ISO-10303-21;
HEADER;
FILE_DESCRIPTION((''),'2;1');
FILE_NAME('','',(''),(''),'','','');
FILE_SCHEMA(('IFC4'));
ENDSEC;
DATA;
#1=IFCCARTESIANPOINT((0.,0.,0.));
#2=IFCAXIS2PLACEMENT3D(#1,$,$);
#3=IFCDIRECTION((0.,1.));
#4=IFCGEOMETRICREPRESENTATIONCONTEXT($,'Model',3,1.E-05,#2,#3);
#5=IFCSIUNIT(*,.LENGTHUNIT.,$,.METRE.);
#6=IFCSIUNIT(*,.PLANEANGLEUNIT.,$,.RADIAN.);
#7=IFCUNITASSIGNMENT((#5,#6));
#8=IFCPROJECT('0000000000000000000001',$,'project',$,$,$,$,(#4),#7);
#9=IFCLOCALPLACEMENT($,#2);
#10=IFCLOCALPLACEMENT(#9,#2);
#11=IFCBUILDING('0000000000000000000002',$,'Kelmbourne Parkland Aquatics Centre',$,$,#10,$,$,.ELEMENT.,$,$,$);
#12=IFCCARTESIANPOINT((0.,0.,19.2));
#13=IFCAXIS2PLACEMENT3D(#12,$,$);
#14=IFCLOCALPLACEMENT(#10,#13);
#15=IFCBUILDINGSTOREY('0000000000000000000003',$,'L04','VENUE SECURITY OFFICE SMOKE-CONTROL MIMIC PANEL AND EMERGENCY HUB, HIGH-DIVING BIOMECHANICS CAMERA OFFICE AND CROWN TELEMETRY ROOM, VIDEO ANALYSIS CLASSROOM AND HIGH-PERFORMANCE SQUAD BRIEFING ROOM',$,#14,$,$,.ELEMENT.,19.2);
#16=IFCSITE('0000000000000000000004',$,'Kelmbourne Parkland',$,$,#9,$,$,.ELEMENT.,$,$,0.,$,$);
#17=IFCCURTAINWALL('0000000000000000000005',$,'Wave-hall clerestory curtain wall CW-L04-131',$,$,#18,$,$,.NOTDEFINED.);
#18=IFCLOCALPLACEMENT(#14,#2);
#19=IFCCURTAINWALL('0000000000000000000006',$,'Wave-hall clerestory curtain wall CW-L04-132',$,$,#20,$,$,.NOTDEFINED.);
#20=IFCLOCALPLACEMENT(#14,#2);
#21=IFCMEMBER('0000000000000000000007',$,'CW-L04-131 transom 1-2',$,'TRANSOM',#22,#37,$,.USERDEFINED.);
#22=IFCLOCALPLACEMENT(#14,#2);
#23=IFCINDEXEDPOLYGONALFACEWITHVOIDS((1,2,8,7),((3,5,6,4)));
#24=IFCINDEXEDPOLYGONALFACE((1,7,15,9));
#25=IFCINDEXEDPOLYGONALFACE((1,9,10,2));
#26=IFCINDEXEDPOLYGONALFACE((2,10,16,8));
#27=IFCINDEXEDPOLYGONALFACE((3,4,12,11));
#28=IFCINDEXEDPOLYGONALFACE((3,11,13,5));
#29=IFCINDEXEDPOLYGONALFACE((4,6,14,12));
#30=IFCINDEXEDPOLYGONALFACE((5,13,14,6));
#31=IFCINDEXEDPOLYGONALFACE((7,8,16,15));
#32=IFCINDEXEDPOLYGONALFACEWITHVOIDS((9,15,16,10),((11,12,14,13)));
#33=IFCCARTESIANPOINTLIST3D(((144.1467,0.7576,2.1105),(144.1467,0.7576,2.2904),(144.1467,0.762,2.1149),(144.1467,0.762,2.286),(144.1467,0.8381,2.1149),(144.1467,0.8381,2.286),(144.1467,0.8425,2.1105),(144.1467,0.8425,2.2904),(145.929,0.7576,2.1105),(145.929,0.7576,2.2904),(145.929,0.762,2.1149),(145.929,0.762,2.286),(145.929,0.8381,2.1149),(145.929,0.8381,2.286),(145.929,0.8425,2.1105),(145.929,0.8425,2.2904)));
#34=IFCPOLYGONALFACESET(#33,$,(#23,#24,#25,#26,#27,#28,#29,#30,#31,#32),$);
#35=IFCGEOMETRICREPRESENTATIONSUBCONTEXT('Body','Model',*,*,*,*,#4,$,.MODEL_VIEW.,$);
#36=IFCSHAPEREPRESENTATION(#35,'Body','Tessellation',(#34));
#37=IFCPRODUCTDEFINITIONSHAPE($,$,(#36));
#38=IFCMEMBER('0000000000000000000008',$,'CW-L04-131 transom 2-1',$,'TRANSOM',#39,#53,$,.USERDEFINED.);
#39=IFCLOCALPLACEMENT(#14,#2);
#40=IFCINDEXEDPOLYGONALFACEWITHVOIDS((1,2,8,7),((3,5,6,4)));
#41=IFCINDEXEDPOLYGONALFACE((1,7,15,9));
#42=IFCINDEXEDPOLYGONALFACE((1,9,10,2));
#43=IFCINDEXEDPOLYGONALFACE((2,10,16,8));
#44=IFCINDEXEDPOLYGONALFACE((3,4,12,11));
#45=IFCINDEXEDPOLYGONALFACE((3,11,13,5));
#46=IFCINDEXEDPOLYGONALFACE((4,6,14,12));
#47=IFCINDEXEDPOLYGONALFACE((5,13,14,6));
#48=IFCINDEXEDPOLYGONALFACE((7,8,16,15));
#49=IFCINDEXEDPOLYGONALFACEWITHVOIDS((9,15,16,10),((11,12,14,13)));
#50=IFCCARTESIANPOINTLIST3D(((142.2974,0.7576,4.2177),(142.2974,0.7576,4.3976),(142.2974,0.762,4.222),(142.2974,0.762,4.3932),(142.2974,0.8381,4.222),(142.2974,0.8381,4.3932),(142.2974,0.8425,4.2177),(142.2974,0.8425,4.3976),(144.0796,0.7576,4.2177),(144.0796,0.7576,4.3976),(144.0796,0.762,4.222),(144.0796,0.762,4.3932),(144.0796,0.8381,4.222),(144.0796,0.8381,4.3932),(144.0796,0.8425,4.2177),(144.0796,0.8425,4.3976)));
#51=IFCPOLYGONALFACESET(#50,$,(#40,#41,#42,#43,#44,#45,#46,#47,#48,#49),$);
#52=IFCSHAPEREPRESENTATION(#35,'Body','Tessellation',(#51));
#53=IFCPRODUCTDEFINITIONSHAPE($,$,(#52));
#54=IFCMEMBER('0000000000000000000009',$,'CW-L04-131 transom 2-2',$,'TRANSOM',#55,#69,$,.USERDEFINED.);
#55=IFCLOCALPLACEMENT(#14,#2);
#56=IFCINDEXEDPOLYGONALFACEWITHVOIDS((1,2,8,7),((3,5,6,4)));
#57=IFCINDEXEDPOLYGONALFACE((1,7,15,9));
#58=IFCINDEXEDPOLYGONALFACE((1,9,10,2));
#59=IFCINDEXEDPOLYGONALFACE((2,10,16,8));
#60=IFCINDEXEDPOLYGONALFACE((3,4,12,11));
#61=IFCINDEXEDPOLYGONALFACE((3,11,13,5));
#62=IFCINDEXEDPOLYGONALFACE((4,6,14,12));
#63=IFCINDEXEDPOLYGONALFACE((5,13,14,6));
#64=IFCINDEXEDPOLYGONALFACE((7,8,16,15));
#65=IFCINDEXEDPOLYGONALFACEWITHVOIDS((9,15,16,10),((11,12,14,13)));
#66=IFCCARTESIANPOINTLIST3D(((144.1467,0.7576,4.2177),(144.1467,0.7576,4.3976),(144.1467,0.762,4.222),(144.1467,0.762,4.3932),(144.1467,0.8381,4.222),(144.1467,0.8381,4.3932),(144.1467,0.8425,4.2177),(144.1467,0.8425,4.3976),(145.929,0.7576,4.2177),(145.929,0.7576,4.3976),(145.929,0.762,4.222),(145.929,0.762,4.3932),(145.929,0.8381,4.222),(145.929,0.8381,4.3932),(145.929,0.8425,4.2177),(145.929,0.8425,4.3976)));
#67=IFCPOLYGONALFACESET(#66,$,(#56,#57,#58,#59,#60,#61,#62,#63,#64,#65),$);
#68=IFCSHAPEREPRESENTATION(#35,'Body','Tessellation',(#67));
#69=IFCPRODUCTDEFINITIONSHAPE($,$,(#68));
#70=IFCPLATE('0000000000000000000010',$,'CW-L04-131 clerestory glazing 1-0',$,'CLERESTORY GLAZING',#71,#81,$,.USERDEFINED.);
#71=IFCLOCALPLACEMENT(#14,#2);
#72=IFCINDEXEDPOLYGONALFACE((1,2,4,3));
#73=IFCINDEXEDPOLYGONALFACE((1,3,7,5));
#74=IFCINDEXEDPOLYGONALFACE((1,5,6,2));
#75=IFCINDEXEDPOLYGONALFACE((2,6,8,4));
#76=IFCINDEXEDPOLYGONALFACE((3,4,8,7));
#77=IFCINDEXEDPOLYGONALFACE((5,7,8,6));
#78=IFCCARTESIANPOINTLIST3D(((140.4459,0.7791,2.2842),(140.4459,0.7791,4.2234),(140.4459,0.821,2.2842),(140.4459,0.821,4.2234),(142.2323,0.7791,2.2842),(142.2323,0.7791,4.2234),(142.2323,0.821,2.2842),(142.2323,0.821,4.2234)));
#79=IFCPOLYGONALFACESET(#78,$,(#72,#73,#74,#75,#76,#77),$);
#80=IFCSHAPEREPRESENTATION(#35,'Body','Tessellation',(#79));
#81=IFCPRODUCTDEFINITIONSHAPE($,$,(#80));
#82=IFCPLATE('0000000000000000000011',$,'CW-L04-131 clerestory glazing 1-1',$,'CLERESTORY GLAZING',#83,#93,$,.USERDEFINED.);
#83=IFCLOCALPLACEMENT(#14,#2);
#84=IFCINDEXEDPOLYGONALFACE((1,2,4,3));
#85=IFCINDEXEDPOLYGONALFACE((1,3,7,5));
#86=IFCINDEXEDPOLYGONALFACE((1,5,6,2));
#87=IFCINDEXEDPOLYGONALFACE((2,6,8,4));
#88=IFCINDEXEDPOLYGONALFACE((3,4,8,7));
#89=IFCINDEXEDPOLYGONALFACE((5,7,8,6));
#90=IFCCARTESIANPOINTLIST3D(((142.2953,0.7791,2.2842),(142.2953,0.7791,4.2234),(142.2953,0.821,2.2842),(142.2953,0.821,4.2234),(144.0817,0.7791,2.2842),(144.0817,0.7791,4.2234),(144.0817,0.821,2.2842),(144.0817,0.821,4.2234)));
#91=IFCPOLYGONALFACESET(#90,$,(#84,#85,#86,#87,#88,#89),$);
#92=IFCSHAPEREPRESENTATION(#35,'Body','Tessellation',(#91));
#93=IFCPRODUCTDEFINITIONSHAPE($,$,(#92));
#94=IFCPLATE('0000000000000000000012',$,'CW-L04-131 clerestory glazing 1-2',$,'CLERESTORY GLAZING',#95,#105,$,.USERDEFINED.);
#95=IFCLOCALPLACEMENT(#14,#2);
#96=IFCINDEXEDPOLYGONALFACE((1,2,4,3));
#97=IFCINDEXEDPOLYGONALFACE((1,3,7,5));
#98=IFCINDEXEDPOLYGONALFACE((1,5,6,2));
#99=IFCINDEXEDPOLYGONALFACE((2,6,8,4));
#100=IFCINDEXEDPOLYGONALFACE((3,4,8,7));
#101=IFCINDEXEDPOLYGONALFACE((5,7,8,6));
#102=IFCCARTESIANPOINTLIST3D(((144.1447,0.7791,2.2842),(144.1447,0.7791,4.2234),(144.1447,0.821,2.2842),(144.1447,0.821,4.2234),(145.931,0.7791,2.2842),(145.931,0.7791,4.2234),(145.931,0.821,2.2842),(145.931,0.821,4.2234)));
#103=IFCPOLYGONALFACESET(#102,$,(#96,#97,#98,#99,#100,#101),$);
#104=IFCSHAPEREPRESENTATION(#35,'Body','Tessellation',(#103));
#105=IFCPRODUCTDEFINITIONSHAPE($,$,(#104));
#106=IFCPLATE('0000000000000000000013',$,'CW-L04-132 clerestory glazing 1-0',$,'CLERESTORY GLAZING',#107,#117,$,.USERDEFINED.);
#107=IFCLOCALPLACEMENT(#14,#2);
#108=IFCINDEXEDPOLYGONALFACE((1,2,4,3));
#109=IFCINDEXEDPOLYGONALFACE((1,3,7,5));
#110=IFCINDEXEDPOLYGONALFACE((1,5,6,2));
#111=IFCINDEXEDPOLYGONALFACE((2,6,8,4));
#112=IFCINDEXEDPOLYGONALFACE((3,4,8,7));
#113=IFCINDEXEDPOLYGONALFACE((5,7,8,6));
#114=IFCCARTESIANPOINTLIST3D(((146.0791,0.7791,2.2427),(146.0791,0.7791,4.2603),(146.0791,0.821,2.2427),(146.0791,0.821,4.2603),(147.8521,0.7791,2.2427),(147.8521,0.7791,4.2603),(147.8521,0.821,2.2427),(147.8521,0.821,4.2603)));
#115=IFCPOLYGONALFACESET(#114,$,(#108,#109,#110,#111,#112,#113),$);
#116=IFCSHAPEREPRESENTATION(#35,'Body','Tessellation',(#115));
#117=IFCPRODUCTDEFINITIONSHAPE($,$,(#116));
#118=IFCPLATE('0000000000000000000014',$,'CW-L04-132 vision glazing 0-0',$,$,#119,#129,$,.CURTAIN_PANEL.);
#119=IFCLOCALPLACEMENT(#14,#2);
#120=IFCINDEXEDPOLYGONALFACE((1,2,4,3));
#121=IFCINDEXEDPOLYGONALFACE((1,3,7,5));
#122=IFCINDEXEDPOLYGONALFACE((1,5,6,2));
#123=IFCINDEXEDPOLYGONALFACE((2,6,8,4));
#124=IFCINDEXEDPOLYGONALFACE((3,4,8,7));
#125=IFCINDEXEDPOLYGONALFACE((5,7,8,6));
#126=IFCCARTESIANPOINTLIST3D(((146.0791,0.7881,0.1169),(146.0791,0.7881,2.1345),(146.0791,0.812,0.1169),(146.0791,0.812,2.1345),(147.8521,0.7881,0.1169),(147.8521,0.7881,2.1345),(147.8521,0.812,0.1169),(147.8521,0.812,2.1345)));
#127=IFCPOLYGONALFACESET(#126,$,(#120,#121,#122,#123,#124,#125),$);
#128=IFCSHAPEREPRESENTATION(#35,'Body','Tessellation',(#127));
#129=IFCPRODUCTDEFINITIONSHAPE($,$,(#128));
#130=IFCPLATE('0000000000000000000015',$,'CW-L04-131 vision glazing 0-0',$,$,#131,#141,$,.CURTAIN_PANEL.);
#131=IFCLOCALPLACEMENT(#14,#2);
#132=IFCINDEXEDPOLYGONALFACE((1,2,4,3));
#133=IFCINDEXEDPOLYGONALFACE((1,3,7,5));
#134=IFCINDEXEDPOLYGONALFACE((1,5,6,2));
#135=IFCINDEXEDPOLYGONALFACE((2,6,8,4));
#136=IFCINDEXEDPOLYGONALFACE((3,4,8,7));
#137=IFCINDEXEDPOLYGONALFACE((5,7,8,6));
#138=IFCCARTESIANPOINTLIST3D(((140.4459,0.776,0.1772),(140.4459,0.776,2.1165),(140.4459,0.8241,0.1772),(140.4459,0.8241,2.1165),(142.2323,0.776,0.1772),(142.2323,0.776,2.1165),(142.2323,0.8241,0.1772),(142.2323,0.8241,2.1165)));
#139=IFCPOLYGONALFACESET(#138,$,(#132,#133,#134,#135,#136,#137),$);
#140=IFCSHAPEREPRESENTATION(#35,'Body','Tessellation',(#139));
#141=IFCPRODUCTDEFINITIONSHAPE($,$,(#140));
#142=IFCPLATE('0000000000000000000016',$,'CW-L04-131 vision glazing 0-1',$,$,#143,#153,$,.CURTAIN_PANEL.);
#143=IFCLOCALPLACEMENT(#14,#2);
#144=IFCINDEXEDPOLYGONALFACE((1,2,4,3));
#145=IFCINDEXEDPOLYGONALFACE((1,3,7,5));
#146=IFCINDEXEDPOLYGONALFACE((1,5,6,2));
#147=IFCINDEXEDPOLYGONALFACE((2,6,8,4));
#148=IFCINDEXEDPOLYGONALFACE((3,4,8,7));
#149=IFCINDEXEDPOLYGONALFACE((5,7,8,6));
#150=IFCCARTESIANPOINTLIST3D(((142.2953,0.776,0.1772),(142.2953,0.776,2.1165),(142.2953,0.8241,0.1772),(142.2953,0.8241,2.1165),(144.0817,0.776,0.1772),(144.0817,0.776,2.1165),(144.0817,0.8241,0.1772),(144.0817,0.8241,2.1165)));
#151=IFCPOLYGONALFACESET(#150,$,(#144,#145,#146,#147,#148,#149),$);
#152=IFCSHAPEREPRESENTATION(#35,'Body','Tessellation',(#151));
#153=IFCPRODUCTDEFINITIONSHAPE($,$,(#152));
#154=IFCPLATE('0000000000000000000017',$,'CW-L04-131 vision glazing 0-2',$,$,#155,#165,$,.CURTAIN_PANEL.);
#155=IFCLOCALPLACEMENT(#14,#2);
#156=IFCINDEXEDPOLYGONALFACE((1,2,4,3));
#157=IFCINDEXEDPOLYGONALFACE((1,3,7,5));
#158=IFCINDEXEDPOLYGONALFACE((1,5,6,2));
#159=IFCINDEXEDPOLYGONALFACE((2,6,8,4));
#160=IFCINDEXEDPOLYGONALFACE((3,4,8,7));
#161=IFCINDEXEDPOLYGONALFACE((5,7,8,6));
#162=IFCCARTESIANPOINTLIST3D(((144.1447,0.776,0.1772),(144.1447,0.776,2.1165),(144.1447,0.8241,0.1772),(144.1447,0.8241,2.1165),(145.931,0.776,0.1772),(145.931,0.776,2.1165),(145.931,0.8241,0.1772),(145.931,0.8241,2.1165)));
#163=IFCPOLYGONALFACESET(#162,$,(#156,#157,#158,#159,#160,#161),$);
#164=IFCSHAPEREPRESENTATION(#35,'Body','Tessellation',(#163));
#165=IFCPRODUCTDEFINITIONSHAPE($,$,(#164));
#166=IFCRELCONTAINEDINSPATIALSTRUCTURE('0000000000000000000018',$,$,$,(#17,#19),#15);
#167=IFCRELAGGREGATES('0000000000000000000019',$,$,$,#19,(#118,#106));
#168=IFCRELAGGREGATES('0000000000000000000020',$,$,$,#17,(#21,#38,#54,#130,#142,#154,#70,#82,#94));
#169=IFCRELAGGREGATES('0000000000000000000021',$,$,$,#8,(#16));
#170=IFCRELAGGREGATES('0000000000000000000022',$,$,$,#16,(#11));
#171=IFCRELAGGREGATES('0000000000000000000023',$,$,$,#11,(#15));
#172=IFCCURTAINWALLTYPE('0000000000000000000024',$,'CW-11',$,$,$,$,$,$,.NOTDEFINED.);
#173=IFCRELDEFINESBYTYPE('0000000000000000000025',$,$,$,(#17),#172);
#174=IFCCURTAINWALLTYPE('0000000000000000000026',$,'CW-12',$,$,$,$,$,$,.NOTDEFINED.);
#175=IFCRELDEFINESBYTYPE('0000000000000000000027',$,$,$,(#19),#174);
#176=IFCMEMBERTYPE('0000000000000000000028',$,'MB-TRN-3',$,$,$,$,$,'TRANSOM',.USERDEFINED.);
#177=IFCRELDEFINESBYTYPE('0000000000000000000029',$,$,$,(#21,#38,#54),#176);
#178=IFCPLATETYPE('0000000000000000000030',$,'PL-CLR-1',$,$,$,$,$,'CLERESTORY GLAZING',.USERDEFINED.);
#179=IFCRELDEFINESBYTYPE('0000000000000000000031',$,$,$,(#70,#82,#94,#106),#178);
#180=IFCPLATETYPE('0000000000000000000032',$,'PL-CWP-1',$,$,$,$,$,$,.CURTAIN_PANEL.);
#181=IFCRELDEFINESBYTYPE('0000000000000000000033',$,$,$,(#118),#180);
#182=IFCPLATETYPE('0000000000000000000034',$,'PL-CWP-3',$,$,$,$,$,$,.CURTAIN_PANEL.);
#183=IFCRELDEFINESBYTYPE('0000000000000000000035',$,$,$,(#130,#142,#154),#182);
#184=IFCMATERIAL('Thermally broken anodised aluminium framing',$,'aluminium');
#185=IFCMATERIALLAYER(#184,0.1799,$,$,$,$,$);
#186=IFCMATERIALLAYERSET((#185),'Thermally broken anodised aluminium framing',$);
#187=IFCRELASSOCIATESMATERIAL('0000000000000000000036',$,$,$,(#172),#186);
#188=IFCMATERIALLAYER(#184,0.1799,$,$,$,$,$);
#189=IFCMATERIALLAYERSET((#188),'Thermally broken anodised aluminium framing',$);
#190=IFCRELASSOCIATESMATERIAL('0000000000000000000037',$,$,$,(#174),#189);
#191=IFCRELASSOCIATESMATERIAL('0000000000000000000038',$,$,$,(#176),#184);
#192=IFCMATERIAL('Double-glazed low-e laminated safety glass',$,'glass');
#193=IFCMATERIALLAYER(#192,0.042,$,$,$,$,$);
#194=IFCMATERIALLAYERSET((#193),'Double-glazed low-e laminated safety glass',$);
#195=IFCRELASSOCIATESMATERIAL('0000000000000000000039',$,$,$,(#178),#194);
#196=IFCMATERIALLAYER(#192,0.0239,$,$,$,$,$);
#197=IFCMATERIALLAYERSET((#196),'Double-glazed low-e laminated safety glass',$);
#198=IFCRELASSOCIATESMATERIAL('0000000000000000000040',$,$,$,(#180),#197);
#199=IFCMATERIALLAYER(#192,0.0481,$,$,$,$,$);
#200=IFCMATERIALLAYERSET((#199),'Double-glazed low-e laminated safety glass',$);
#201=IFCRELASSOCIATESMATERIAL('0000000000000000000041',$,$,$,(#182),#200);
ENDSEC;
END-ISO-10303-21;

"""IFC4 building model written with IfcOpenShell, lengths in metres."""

from ifc_helpers import new_model, si_unit, direction, frame, origin, origin_2d, place, context, subcontext, project, spatial, rectangle, hollow_rectangle, extrude, material, layer, layer_set, material_profile, profile_set, type_object, element, aggregate, save


model = new_model("IFC4")

# Units and contexts
model_context = context("Model", 3, precision=1e-05, world=origin(), true_north=direction((0.0, 1.0)))
body_context = subcontext(model_context, "Body", "Model", "MODEL_VIEW")
ifc_project = project(units=[si_unit("LENGTHUNIT", "METRE"), si_unit("PLANEANGLEUNIT", "RADIAN")], contexts=[model_context])

# Site, building, storey
site_placement = place(None, origin())
site = spatial("IfcSite", under=ifc_project, at=site_placement, Name="Kelmbourne Parkland", CompositionType="ELEMENT", RefElevation=0.0)
building_placement = place(site_placement, origin())
building = spatial("IfcBuilding", under=site, at=building_placement, Name="Kelmbourne Parkland Aquatics Centre", CompositionType="ELEMENT")
storey_placement = place(building_placement, frame((0.0, 0.0, 19.2)))
storey = spatial("IfcBuildingStorey", under=building, at=storey_placement, Name="L04", Description="VENUE SECURITY OFFICE SMOKE-CONTROL MIMIC PANEL AND EMERGENCY HUB, HIGH-DIVING BIOMECHANICS CAMERA OFFICE AND CROWN TELEMETRY ROOM, VIDEO ANALYSIS CLASSROOM AND HIGH-PERFORMANCE SQUAD BRIEFING ROOM", CompositionType="ELEMENT", Elevation=19.2)

# Curtain walls
ifc_material_1 = material(Name="Thermally broken anodised aluminium framing", Category="aluminium")
ifc_layer_1 = layer(ifc_material_1, 0.1799)
ifc_layer_set_1 = layer_set([ifc_layer_1], Name="Thermally broken anodised aluminium framing")
curtain_wall_type_1 = type_object("IfcCurtainWallType", Name="CW-11", PredefinedType="NOTDEFINED", material=ifc_layer_set_1)
curtain_wall_1_placement = place(storey_placement, origin())
curtain_wall_1 = element("IfcCurtainWall", 1, at=curtain_wall_1_placement, inside=storey, type_object=curtain_wall_type_1, Name="Wave-hall clerestory curtain wall CW-L04-131", PredefinedType="NOTDEFINED")
ifc_layer_2 = layer(ifc_material_1, 0.1799)
ifc_layer_set_2 = layer_set([ifc_layer_2], Name="Thermally broken anodised aluminium framing")
curtain_wall_type_2 = type_object("IfcCurtainWallType", Name="CW-12", PredefinedType="NOTDEFINED", material=ifc_layer_set_2)
curtain_wall_2_placement = place(storey_placement, origin())
curtain_wall_2 = element("IfcCurtainWall", 2, at=curtain_wall_2_placement, inside=storey, type_object=curtain_wall_type_2, Name="Wave-hall clerestory curtain wall CW-L04-132", PredefinedType="NOTDEFINED")

# Members
ifc_material_profile_1 = material_profile(ifc_material_1, hollow_rectangle(XDim=0.085, YDim=0.1799, WallThickness=0.0044, at=origin_2d()), Name="CW-T 85x180")
ifc_profile_set_1 = profile_set([ifc_material_profile_1], Name="Thermally broken anodised aluminium framing")
member_type_1 = type_object("IfcMemberType", Name="MB-TRN-3", ElementType="TRANSOM", PredefinedType="USERDEFINED", material=ifc_profile_set_1)
member_1_placement = place(storey_placement, frame((144.1467, 0.8, 2.2004), z_axis=(1.0, 0.0, 0.0), x_axis=(0.0, 1.0, 0.0)))
member_1 = element("IfcMember", 3, at=member_1_placement, type_object=member_type_1, Name="CW-L04-131 transom 1-2", ObjectType="TRANSOM", PredefinedType="USERDEFINED", context=body_context, shape_type="SweptSolid", body=[
    extrude(hollow_rectangle(XDim=0.085, YDim=0.1799, WallThickness=0.0044, at=origin_2d()), origin(), (0.0, 0.0, 1.0), 1.7822),
])
member_2_placement = place(storey_placement, frame((142.2974, 0.8, 4.3076), z_axis=(1.0, 0.0, 0.0), x_axis=(0.0, 1.0, 0.0)))
member_2 = element("IfcMember", 4, at=member_2_placement, type_object=member_type_1, Name="CW-L04-131 transom 2-1", ObjectType="TRANSOM", PredefinedType="USERDEFINED", context=body_context, shape_type="SweptSolid", body=[
    extrude(hollow_rectangle(XDim=0.085, YDim=0.1799, WallThickness=0.0044, at=origin_2d()), origin(), (0.0, 0.0, 1.0), 1.7822),
])
member_3_placement = place(storey_placement, frame((144.1467, 0.8, 4.3076), z_axis=(1.0, 0.0, 0.0), x_axis=(0.0, 1.0, 0.0)))
member_3 = element("IfcMember", 5, at=member_3_placement, type_object=member_type_1, Name="CW-L04-131 transom 2-2", ObjectType="TRANSOM", PredefinedType="USERDEFINED", context=body_context, shape_type="SweptSolid", body=[
    extrude(hollow_rectangle(XDim=0.085, YDim=0.1799, WallThickness=0.0044, at=origin_2d()), origin(), (0.0, 0.0, 1.0), 1.7822),
])

# Plates
ifc_material_2 = material(Name="Double-glazed low-e laminated safety glass", Category="glass")
ifc_layer_3 = layer(ifc_material_2, 0.042)
ifc_layer_set_3 = layer_set([ifc_layer_3], Name="Double-glazed low-e laminated safety glass")
plate_type_1 = type_object("IfcPlateType", Name="PL-CLR-1", ElementType="CLERESTORY GLAZING", PredefinedType="USERDEFINED", material=ifc_layer_set_3)
plate_1_placement = place(storey_placement, frame((141.3391, 0.8, 2.2842), z_axis=(0.0, 0.0, 1.0), x_axis=(1.0, 0.0, 0.0)))
plate_1 = element("IfcPlate", 6, at=plate_1_placement, type_object=plate_type_1, Name="CW-L04-131 clerestory glazing 1-0", ObjectType="CLERESTORY GLAZING", PredefinedType="USERDEFINED", context=body_context, shape_type="SweptSolid", body=[
    extrude(rectangle(XDim=1.7864, YDim=0.042, at=origin_2d()), origin(), (0.0, 0.0, 1.0), 1.9392),
])
plate_2_placement = place(storey_placement, frame((143.1885, 0.8, 2.2842), z_axis=(0.0, 0.0, 1.0), x_axis=(1.0, 0.0, 0.0)))
plate_2 = element("IfcPlate", 7, at=plate_2_placement, type_object=plate_type_1, Name="CW-L04-131 clerestory glazing 1-1", ObjectType="CLERESTORY GLAZING", PredefinedType="USERDEFINED", context=body_context, shape_type="SweptSolid", body=[
    extrude(rectangle(XDim=1.7864, YDim=0.042, at=origin_2d()), origin(), (0.0, 0.0, 1.0), 1.9392),
])
plate_3_placement = place(storey_placement, frame((145.0378, 0.8, 2.2842), z_axis=(0.0, 0.0, 1.0), x_axis=(1.0, 0.0, 0.0)))
plate_3 = element("IfcPlate", 8, at=plate_3_placement, type_object=plate_type_1, Name="CW-L04-131 clerestory glazing 1-2", ObjectType="CLERESTORY GLAZING", PredefinedType="USERDEFINED", context=body_context, shape_type="SweptSolid", body=[
    extrude(rectangle(XDim=1.7864, YDim=0.042, at=origin_2d()), origin(), (0.0, 0.0, 1.0), 1.9392),
])
plate_4_placement = place(storey_placement, frame((146.9656, 0.8, 2.2427), z_axis=(0.0, 0.0, 1.0), x_axis=(1.0, 0.0, 0.0)))
plate_4 = element("IfcPlate", 9, at=plate_4_placement, type_object=plate_type_1, Name="CW-L04-132 clerestory glazing 1-0", ObjectType="CLERESTORY GLAZING", PredefinedType="USERDEFINED", context=body_context, shape_type="SweptSolid", body=[
    extrude(rectangle(XDim=1.7729, YDim=0.042, at=origin_2d()), origin(), (0.0, 0.0, 1.0), 2.0176),
])
ifc_layer_4 = layer(ifc_material_2, 0.0239)
ifc_layer_set_4 = layer_set([ifc_layer_4], Name="Double-glazed low-e laminated safety glass")
plate_type_2 = type_object("IfcPlateType", Name="PL-CWP-1", PredefinedType="CURTAIN_PANEL", material=ifc_layer_set_4)
plate_5_placement = place(storey_placement, frame((146.9656, 0.8, 0.1169), z_axis=(0.0, 0.0, 1.0), x_axis=(1.0, 0.0, 0.0)))
plate_5 = element("IfcPlate", 10, at=plate_5_placement, type_object=plate_type_2, Name="CW-L04-132 vision glazing 0-0", PredefinedType="CURTAIN_PANEL", context=body_context, shape_type="SweptSolid", body=[
    extrude(rectangle(XDim=1.7729, YDim=0.0239, at=origin_2d()), origin(), (0.0, 0.0, 1.0), 2.0176),
])
aggregate(curtain_wall_2, [plate_5, plate_4])
ifc_layer_5 = layer(ifc_material_2, 0.0481)
ifc_layer_set_5 = layer_set([ifc_layer_5], Name="Double-glazed low-e laminated safety glass")
plate_type_3 = type_object("IfcPlateType", Name="PL-CWP-3", PredefinedType="CURTAIN_PANEL", material=ifc_layer_set_5)
plate_6_placement = place(storey_placement, frame((141.3391, 0.8, 0.1772), z_axis=(0.0, 0.0, 1.0), x_axis=(1.0, 0.0, 0.0)))
plate_6 = element("IfcPlate", 11, at=plate_6_placement, type_object=plate_type_3, Name="CW-L04-131 vision glazing 0-0", PredefinedType="CURTAIN_PANEL", context=body_context, shape_type="SweptSolid", body=[
    extrude(rectangle(XDim=1.7864, YDim=0.0481, at=origin_2d()), origin(), (0.0, 0.0, 1.0), 1.9392),
])
plate_7_placement = place(storey_placement, frame((143.1885, 0.8, 0.1772), z_axis=(0.0, 0.0, 1.0), x_axis=(1.0, 0.0, 0.0)))
plate_7 = element("IfcPlate", 12, at=plate_7_placement, type_object=plate_type_3, Name="CW-L04-131 vision glazing 0-1", PredefinedType="CURTAIN_PANEL", context=body_context, shape_type="SweptSolid", body=[
    extrude(rectangle(XDim=1.7864, YDim=0.0481, at=origin_2d()), origin(), (0.0, 0.0, 1.0), 1.9392),
])
plate_8_placement = place(storey_placement, frame((145.0378, 0.8, 0.1772), z_axis=(0.0, 0.0, 1.0), x_axis=(1.0, 0.0, 0.0)))
plate_8 = element("IfcPlate", 13, at=plate_8_placement, type_object=plate_type_3, Name="CW-L04-131 vision glazing 0-2", PredefinedType="CURTAIN_PANEL", context=body_context, shape_type="SweptSolid", body=[
    extrude(rectangle(XDim=1.7864, YDim=0.0481, at=origin_2d()), origin(), (0.0, 0.0, 1.0), 1.9392),
])
aggregate(curtain_wall_1, [member_1, member_2, member_3, plate_6, plate_7, plate_8, plate_1, plate_2, plate_3])

save(model, "model.ifc")
